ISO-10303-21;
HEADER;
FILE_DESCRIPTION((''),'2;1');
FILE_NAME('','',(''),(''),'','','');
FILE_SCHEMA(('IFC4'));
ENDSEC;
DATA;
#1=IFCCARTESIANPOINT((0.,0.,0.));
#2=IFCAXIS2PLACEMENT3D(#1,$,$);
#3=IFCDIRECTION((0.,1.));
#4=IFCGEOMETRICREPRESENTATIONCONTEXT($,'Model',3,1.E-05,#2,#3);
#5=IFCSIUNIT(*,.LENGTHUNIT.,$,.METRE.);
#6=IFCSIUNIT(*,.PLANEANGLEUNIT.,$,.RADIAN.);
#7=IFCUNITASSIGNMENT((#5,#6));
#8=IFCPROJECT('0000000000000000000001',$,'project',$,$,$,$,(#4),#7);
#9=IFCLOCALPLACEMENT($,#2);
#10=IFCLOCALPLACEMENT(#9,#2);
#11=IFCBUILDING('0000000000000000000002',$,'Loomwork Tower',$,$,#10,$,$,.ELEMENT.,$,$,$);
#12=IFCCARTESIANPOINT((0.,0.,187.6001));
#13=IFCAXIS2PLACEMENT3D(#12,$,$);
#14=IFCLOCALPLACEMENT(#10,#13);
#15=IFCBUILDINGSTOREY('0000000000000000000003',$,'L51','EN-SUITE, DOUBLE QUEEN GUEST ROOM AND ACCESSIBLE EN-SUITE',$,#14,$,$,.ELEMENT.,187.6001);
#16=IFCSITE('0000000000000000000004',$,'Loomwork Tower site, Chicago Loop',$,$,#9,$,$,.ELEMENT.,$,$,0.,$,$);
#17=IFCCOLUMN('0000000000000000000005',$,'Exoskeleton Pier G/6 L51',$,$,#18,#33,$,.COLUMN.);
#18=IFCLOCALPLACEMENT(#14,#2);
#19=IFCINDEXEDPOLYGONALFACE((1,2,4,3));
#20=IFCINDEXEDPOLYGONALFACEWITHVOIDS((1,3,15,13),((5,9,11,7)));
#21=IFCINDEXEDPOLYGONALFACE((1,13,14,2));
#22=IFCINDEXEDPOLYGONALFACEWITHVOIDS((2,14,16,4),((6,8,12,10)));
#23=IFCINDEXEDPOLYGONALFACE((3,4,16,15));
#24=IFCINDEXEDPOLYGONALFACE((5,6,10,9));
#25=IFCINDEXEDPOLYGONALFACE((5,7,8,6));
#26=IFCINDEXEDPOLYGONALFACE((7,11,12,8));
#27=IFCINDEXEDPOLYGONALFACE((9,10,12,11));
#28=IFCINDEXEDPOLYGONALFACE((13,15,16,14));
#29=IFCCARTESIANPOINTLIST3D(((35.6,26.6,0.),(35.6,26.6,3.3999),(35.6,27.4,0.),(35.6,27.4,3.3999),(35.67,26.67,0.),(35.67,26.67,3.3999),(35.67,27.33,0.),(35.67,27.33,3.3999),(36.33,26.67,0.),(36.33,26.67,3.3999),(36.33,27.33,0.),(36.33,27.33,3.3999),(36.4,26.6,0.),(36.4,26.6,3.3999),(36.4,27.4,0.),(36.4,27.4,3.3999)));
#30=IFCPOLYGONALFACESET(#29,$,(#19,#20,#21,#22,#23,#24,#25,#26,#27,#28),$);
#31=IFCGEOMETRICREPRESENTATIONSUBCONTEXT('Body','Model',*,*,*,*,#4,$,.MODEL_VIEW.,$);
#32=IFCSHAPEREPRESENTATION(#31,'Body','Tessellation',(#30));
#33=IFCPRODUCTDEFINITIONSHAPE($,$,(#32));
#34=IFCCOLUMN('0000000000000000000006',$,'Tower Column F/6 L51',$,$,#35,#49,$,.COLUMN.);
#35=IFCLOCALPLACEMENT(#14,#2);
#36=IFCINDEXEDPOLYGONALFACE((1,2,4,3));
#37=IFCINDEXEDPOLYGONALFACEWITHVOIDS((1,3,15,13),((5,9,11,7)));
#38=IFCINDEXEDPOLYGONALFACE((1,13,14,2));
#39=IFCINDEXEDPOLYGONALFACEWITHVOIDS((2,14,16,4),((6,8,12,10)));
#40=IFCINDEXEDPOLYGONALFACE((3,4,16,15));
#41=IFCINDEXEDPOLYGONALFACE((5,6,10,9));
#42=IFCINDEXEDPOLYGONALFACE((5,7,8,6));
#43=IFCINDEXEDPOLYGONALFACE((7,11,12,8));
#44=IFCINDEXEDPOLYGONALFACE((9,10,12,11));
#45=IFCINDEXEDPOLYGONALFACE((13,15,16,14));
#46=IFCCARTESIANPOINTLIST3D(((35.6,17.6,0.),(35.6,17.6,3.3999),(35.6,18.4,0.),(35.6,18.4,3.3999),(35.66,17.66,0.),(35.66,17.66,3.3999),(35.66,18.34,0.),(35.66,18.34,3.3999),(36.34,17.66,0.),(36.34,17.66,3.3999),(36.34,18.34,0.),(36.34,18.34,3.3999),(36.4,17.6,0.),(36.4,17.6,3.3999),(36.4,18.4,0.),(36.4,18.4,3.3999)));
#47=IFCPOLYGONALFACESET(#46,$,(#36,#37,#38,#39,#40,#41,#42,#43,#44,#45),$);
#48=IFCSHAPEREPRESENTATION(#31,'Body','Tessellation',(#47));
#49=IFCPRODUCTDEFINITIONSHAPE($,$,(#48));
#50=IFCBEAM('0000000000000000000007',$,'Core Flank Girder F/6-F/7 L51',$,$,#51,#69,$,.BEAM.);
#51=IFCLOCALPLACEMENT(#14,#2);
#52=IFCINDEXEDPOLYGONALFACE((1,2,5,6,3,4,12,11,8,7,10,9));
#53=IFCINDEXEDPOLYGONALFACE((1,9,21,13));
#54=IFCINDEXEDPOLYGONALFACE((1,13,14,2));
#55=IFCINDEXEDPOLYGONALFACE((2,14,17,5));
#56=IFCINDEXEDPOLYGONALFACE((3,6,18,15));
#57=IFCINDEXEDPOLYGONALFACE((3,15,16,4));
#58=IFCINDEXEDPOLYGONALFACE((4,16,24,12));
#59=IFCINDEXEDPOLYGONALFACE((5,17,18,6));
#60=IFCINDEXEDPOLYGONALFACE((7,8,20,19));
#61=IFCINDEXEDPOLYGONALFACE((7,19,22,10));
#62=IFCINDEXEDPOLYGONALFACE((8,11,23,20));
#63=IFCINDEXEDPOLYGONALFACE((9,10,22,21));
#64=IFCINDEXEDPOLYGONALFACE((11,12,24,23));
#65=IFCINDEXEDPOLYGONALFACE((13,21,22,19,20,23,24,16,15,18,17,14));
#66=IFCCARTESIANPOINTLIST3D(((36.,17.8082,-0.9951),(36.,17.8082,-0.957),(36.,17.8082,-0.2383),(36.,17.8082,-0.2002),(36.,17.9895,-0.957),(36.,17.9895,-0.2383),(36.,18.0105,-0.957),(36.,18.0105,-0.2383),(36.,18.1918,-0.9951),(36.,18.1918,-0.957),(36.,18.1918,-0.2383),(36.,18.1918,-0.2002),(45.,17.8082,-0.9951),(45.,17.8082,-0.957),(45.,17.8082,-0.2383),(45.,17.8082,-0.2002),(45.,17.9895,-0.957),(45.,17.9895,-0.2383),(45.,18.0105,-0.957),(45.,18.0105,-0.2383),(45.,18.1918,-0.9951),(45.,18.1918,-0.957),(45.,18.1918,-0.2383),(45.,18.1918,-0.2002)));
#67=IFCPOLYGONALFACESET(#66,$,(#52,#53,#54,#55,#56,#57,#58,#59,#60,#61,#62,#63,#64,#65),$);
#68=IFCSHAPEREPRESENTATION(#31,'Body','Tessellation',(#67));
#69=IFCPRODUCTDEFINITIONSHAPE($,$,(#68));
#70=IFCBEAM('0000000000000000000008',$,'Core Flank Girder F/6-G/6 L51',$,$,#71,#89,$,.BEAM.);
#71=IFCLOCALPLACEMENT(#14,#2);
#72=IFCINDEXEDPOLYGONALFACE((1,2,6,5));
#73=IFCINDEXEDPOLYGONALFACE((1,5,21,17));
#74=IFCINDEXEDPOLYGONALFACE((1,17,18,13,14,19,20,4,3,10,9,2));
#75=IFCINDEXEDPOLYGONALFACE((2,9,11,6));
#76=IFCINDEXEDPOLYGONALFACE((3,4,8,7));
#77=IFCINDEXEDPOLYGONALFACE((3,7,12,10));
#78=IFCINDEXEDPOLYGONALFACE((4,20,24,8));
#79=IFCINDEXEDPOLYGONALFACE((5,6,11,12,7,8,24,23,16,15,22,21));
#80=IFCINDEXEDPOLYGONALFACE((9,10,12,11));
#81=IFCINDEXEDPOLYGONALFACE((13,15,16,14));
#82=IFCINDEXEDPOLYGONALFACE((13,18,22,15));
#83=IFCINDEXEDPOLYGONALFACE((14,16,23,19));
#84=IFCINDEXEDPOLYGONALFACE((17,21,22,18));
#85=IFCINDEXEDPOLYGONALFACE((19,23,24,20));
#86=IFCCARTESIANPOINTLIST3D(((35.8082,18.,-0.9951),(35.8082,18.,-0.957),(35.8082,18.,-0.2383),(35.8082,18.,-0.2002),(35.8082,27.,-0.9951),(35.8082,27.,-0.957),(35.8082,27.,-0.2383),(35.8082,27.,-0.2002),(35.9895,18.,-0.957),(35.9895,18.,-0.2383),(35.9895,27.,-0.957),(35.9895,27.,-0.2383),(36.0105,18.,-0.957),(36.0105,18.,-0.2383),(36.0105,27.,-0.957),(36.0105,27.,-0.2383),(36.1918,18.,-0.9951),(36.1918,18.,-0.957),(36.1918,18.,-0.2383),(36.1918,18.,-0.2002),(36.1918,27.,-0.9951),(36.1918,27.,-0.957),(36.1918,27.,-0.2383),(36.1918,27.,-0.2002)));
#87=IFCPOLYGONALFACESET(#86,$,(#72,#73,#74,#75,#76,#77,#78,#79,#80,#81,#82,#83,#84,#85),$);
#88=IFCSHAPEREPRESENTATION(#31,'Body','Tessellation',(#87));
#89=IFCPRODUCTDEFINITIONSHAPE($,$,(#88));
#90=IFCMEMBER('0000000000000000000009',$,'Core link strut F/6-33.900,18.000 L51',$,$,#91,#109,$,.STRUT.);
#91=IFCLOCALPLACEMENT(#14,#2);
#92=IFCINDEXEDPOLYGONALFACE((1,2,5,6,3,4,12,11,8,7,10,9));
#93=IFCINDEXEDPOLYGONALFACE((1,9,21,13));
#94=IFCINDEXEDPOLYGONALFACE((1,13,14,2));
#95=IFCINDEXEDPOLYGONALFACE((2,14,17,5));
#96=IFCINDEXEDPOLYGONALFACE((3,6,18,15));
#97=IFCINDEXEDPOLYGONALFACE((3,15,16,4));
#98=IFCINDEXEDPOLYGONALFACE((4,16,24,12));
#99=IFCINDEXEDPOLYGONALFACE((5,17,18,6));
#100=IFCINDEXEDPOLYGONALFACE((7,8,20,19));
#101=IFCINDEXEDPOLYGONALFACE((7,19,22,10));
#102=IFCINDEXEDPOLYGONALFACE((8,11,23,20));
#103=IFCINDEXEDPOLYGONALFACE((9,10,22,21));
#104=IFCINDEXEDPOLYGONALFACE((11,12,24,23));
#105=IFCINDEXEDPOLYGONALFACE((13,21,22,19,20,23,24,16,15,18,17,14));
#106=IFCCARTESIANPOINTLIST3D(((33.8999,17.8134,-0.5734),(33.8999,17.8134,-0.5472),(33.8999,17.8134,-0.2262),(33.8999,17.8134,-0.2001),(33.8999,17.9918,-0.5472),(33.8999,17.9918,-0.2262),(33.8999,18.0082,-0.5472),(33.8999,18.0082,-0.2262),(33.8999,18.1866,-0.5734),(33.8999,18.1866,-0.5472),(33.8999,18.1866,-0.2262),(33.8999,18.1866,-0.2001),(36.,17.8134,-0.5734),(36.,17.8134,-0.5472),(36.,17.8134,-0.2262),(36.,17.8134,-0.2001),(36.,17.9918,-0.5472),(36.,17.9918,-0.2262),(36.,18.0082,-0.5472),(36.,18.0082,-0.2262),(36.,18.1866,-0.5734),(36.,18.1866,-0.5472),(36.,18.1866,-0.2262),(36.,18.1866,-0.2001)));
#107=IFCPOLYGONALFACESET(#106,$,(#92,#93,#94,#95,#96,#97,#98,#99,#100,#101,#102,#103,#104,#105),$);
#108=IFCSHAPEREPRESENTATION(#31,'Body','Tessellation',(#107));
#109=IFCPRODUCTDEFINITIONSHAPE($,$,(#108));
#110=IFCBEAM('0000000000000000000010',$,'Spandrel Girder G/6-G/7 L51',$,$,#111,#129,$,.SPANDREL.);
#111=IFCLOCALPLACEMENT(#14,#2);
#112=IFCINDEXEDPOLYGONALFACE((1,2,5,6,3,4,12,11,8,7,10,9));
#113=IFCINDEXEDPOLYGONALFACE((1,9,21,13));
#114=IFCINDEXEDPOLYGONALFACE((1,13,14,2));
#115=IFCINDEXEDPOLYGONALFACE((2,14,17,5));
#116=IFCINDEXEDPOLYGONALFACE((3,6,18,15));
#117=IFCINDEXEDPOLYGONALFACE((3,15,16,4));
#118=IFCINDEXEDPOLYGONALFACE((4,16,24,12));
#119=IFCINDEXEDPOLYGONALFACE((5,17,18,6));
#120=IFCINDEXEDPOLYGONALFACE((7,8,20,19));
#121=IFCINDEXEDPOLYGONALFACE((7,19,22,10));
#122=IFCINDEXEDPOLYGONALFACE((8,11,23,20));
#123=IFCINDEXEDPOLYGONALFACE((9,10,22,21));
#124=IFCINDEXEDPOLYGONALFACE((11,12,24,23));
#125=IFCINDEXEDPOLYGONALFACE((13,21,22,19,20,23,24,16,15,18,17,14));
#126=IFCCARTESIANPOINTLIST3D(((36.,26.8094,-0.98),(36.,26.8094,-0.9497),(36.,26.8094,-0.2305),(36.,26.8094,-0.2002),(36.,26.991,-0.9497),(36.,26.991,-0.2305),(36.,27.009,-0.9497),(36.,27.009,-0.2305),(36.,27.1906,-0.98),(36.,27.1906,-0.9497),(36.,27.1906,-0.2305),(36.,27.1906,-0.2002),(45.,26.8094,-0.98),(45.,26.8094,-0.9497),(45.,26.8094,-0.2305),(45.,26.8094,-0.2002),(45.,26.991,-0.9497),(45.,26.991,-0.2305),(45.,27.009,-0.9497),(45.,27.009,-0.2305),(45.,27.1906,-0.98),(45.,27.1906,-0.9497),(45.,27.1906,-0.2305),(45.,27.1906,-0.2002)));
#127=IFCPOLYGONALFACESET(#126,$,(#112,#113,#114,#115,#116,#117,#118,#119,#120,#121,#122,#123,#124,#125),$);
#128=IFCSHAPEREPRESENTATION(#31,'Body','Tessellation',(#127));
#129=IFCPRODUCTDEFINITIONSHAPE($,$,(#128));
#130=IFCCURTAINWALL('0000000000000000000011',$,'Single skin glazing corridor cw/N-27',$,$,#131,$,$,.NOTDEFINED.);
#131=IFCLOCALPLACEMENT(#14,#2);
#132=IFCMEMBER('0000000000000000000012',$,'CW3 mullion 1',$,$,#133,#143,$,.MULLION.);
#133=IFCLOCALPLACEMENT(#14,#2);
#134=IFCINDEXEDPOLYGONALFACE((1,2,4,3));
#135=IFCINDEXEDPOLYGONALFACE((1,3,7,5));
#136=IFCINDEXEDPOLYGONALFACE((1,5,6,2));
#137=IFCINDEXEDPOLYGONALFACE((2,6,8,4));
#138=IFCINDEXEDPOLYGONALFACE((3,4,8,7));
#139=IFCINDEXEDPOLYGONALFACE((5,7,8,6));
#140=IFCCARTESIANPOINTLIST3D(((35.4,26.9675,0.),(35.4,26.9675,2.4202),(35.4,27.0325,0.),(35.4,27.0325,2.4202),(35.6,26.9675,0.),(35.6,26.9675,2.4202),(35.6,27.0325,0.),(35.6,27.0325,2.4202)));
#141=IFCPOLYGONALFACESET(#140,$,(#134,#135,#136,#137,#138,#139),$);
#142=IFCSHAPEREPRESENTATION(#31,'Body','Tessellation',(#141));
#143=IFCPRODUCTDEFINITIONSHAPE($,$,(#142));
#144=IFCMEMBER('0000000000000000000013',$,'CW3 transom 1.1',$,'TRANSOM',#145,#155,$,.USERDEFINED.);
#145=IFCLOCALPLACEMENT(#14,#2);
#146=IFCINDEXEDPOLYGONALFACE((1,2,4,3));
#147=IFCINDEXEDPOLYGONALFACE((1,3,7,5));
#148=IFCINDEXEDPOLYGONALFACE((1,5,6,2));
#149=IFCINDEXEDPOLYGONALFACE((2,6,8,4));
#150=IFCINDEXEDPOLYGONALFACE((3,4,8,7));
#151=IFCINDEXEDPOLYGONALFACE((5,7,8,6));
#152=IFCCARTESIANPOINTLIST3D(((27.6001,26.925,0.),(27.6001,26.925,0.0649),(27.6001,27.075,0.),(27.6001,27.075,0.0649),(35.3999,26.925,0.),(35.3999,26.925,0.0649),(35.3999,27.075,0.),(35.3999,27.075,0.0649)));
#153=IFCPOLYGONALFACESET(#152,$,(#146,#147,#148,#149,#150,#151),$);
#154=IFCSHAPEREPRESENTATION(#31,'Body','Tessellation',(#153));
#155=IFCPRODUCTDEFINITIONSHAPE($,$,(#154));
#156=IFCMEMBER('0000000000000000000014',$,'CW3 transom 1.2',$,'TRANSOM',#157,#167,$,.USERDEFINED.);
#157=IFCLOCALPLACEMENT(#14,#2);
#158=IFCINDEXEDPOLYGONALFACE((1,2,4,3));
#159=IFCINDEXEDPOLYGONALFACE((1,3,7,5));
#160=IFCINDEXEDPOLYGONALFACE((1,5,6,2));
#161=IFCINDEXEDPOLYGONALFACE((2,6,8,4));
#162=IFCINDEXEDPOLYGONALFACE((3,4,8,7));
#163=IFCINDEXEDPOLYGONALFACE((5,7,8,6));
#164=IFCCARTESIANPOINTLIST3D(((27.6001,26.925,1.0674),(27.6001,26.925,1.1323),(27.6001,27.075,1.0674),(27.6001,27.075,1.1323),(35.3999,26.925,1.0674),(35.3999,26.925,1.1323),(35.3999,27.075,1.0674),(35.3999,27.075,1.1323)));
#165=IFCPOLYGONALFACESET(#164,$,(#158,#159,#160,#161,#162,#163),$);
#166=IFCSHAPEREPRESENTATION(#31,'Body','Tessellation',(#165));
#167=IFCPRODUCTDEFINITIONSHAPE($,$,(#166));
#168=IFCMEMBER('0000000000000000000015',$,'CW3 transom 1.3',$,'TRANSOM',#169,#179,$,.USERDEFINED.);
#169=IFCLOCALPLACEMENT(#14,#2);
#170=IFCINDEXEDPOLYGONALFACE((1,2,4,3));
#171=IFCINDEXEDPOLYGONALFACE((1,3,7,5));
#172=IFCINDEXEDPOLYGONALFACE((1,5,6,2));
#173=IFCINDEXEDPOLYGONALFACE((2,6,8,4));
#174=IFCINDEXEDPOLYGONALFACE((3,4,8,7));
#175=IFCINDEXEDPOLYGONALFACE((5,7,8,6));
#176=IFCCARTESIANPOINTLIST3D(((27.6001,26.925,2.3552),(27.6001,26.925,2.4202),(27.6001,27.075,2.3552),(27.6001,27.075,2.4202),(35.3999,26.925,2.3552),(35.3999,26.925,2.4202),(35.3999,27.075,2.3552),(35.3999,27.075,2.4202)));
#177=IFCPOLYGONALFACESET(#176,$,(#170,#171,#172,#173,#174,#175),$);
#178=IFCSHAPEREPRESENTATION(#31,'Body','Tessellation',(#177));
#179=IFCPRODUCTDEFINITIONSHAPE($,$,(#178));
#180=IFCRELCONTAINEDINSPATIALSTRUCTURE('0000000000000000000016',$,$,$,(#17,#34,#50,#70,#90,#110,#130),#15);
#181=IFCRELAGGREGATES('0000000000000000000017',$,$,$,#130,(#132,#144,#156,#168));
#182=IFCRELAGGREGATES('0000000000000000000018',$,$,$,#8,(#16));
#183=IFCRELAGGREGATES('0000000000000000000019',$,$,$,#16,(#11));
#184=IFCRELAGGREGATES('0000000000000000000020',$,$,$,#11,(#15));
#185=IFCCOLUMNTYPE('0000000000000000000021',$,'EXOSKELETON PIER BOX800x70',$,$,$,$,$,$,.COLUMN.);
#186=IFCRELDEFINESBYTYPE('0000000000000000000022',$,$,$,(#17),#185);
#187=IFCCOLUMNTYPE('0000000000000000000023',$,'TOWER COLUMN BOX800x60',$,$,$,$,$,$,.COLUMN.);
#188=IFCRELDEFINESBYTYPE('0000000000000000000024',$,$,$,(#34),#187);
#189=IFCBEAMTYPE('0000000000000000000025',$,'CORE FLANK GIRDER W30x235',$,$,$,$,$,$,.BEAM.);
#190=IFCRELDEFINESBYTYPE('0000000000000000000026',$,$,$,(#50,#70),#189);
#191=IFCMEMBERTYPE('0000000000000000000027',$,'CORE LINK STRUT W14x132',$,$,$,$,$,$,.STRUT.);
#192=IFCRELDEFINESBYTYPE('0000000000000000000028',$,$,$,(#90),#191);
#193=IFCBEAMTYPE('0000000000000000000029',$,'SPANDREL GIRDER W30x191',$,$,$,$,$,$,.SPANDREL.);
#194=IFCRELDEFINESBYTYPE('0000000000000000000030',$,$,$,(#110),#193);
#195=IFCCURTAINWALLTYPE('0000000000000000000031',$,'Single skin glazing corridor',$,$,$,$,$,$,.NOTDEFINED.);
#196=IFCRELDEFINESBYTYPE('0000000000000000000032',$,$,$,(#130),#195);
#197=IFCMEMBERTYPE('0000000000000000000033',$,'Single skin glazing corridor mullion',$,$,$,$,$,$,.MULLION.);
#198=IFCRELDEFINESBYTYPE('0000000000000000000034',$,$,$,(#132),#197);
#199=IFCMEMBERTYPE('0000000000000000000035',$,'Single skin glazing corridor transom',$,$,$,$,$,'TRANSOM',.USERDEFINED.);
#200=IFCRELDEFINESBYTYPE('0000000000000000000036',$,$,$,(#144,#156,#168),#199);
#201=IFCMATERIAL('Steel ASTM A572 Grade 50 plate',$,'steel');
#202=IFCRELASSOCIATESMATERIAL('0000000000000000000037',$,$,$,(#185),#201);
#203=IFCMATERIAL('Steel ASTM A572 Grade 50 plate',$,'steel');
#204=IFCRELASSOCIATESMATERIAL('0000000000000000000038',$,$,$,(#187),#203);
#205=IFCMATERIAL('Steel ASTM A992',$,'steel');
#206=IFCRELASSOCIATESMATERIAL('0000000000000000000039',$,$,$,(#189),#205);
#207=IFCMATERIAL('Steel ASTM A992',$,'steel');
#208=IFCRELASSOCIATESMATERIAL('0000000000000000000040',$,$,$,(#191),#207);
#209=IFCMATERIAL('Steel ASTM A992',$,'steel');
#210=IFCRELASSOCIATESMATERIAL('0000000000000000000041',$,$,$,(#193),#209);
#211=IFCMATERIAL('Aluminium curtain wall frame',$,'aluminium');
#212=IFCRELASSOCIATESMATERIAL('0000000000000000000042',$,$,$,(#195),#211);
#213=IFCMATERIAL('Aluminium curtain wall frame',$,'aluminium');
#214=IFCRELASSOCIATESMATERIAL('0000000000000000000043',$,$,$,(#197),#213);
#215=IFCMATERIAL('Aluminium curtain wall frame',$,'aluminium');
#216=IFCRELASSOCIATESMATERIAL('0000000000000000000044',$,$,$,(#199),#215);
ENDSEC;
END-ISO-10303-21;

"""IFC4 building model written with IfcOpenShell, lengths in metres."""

from ifc_helpers import new_model, si_unit, direction, frame, origin, origin_2d, place, context, subcontext, project, spatial, rectangle, hollow_rectangle, i_section, extrude, material, material_profile, profile_set, type_object, element, aggregate, save


model = new_model("IFC4")

# Units and contexts
model_context = context("Model", 3, precision=1e-05, world=origin(), true_north=direction((0.0, 1.0)))
body_context = subcontext(model_context, "Body", "Model", "MODEL_VIEW")
ifc_project = project(units=[si_unit("LENGTHUNIT", "METRE"), si_unit("PLANEANGLEUNIT", "RADIAN")], contexts=[model_context])

# Site, building, storey
site_placement = place(None, origin())
site = spatial("IfcSite", under=ifc_project, at=site_placement, Name="Loomwork Tower site, Chicago Loop", CompositionType="ELEMENT", RefElevation=0.0)
building_placement = place(site_placement, origin())
building = spatial("IfcBuilding", under=site, at=building_placement, Name="Loomwork Tower", CompositionType="ELEMENT")
storey_placement = place(building_placement, frame((0.0, 0.0, 187.6001)))
storey = spatial("IfcBuildingStorey", under=building, at=storey_placement, Name="L51", Description="EN-SUITE, DOUBLE QUEEN GUEST ROOM AND ACCESSIBLE EN-SUITE", CompositionType="ELEMENT", Elevation=187.6001)

# Columns
ifc_material_1 = material(Name="Steel ASTM A572 Grade 50 plate", Category="steel")
ifc_material_profile_1 = material_profile(ifc_material_1, hollow_rectangle(XDim=0.8, YDim=0.8, WallThickness=0.0701, at=origin_2d()), Name="BOX800x70")
ifc_profile_set_1 = profile_set([ifc_material_profile_1], Name="Steel ASTM A572 Grade 50 plate")
column_type_1 = type_object("IfcColumnType", Name="EXOSKELETON PIER BOX800x70", PredefinedType="COLUMN", material=ifc_profile_set_1)
column_1_placement = place(storey_placement, frame((36.0, 27.0, 0.0), z_axis=(0.0, 0.0, 1.0), x_axis=(1.0, 0.0, 0.0)))
element("IfcColumn", 1, at=column_1_placement, inside=storey, type_object=column_type_1, Name="Exoskeleton Pier G/6 L51", PredefinedType="COLUMN", context=body_context, shape_type="SweptSolid", body=[
    extrude(hollow_rectangle(XDim=0.8, YDim=0.8, WallThickness=0.0701, at=origin_2d()), origin(), (0.0, 0.0, 1.0), 3.3999),
])
ifc_material_2 = material(Name="Steel ASTM A572 Grade 50 plate", Category="steel")
ifc_material_profile_2 = material_profile(ifc_material_2, hollow_rectangle(XDim=0.8, YDim=0.8, WallThickness=0.0601, at=origin_2d()), Name="BOX800x60")
ifc_profile_set_2 = profile_set([ifc_material_profile_2], Name="Steel ASTM A572 Grade 50 plate")
column_type_2 = type_object("IfcColumnType", Name="TOWER COLUMN BOX800x60", PredefinedType="COLUMN", material=ifc_profile_set_2)
column_2_placement = place(storey_placement, frame((36.0, 18.0, 0.0), z_axis=(0.0, 0.0, 1.0), x_axis=(0.0, 1.0, 0.0)))
element("IfcColumn", 2, at=column_2_placement, inside=storey, type_object=column_type_2, Name="Tower Column F/6 L51", PredefinedType="COLUMN", context=body_context, shape_type="SweptSolid", body=[
    extrude(hollow_rectangle(XDim=0.8, YDim=0.8, WallThickness=0.0601, at=origin_2d()), origin(), (0.0, 0.0, 1.0), 3.3999),
])

# Beams
ifc_material_3 = material(Name="Steel ASTM A992", Category="steel")
ifc_material_profile_3 = material_profile(ifc_material_3, i_section(OverallWidth=0.3835, OverallDepth=0.7949, WebThickness=0.021, FlangeThickness=0.0381, at=origin_2d()), Name="W30x235")
ifc_profile_set_3 = profile_set([ifc_material_profile_3], Name="Steel ASTM A992")
beam_type_1 = type_object("IfcBeamType", Name="CORE FLANK GIRDER W30x235", PredefinedType="BEAM", material=ifc_profile_set_3)
for number, where, z_axis, x_axis, name in (
    (3, (36.0, 18.0, -0.5977), (1.0, 0.0, 0.0), (0.0, 1.0, 0.0), "Core Flank Girder F/6-F/7 L51"),
    (4, (36.0, 18.0, -0.5977), (0.0, 1.0, 0.0), (-1.0, 0.0, 0.0), "Core Flank Girder F/6-G/6 L51"),
):
    element("IfcBeam", number, at=place(storey_placement, frame(where, z_axis=z_axis, x_axis=x_axis)), inside=storey, type_object=beam_type_1, Name=name, PredefinedType="BEAM", context=body_context, shape_type="SweptSolid", body=[
        extrude(i_section(OverallWidth=0.3835, OverallDepth=0.7949, WebThickness=0.021, FlangeThickness=0.0381, at=origin_2d()), origin(), (0.0, 0.0, 1.0), 9.0),
    ])

# Member
ifc_material_4 = material(Name="Steel ASTM A992", Category="steel")
ifc_material_profile_4 = material_profile(ifc_material_4, i_section(OverallWidth=0.3733, OverallDepth=0.3733, WebThickness=0.0164, FlangeThickness=0.0261, at=origin_2d()), Name="W14x132")
ifc_profile_set_4 = profile_set([ifc_material_profile_4], Name="Steel ASTM A992")
member_type_1 = type_object("IfcMemberType", Name="CORE LINK STRUT W14x132", PredefinedType="STRUT", material=ifc_profile_set_4)
member_1_placement = place(storey_placement, frame((36.0, 18.0, -0.3867), z_axis=(-1.0, 0.0, 0.0), x_axis=(0.0, -1.0, 0.0)))
element("IfcMember", 5, at=member_1_placement, inside=storey, type_object=member_type_1, Name="Core link strut F/6-33.900,18.000 L51", PredefinedType="STRUT", context=body_context, shape_type="SweptSolid", body=[
    extrude(i_section(OverallWidth=0.3733, OverallDepth=0.3733, WebThickness=0.0164, FlangeThickness=0.0261, at=origin_2d()), origin(), (0.0, 0.0, 1.0), 2.1001),
])

# Beam
ifc_material_5 = material(Name="Steel ASTM A992", Category="steel")
ifc_material_profile_5 = material_profile(ifc_material_5, i_section(OverallWidth=0.3811, OverallDepth=0.7798, WebThickness=0.0181, FlangeThickness=0.0303, at=origin_2d()), Name="W30x191")
ifc_profile_set_5 = profile_set([ifc_material_profile_5], Name="Steel ASTM A992")
beam_type_2 = type_object("IfcBeamType", Name="SPANDREL GIRDER W30x191", PredefinedType="SPANDREL", material=ifc_profile_set_5)
beam_placement = place(storey_placement, frame((36.0, 27.0, -0.5901), z_axis=(1.0, 0.0, 0.0), x_axis=(0.0, 1.0, 0.0)))
element("IfcBeam", 6, at=beam_placement, inside=storey, type_object=beam_type_2, Name="Spandrel Girder G/6-G/7 L51", PredefinedType="SPANDREL", context=body_context, shape_type="SweptSolid", body=[
    extrude(i_section(OverallWidth=0.3811, OverallDepth=0.7798, WebThickness=0.0181, FlangeThickness=0.0303, at=origin_2d()), origin(), (0.0, 0.0, 1.0), 9.0),
])

# Curtain wall, members
ifc_material_6 = material(Name="Aluminium curtain wall frame", Category="aluminium")
curtain_wall_type = type_object("IfcCurtainWallType", Name="Single skin glazing corridor", PredefinedType="NOTDEFINED", material=ifc_material_6)
curtain_wall_placement = place(storey_placement, origin())
curtain_wall = element("IfcCurtainWall", 7, at=curtain_wall_placement, inside=storey, type_object=curtain_wall_type, Name="Single skin glazing corridor cw/N-27", PredefinedType="NOTDEFINED")
ifc_material_7 = material(Name="Aluminium curtain wall frame", Category="aluminium")
ifc_material_profile_6 = material_profile(ifc_material_7, rectangle(XDim=0.0649, YDim=0.2, at=origin_2d()), Name="AL 65x200")
ifc_profile_set_6 = profile_set([ifc_material_profile_6], Name="Aluminium curtain wall frame")
member_type_2 = type_object("IfcMemberType", Name="Single skin glazing corridor mullion", PredefinedType="MULLION", material=ifc_profile_set_6)
member_2_placement = place(storey_placement, frame((35.5, 27.0, 0.0), z_axis=(0.0, 0.0, 1.0), x_axis=(0.0, -1.0, 0.0)))
member_2 = element("IfcMember", 8, at=member_2_placement, type_object=member_type_2, Name="CW3 mullion 1", PredefinedType="MULLION", context=body_context, shape_type="SweptSolid", body=[
    extrude(rectangle(XDim=0.0649, YDim=0.2, at=origin_2d()), origin(), (0.0, 0.0, 1.0), 2.4202),
])
ifc_material_8 = material(Name="Aluminium curtain wall frame", Category="aluminium")
ifc_material_profile_7 = material_profile(ifc_material_8, rectangle(XDim=0.1499, YDim=0.0649, at=origin_2d()), Name="AL 65x150")
ifc_profile_set_7 = profile_set([ifc_material_profile_7], Name="Aluminium curtain wall frame")
member_type_3 = type_object("IfcMemberType", Name="Single skin glazing corridor transom", ElementType="TRANSOM", PredefinedType="USERDEFINED", material=ifc_profile_set_7)
member_3_placement = place(storey_placement, frame((35.3999, 27.0, 0.0325), z_axis=(-1.0, 0.0, 0.0), x_axis=(0.0, -1.0, 0.0)))
member_3 = element("IfcMember", 9, at=member_3_placement, type_object=member_type_3, Name="CW3 transom 1.1", ObjectType="TRANSOM", PredefinedType="USERDEFINED", context=body_context, shape_type="SweptSolid", body=[
    extrude(rectangle(XDim=0.1499, YDim=0.0649, at=origin_2d()), origin(), (0.0, 0.0, 1.0), 7.7998),
])
member_4_placement = place(storey_placement, frame((35.3999, 27.0, 1.0999), z_axis=(-1.0, 0.0, 0.0), x_axis=(0.0, -1.0, 0.0)))
member_4 = element("IfcMember", 10, at=member_4_placement, type_object=member_type_3, Name="CW3 transom 1.2", ObjectType="TRANSOM", PredefinedType="USERDEFINED", context=body_context, shape_type="SweptSolid", body=[
    extrude(rectangle(XDim=0.1499, YDim=0.0649, at=origin_2d()), origin(), (0.0, 0.0, 1.0), 7.7998),
])
member_5_placement = place(storey_placement, frame((35.3999, 27.0, 2.3877), z_axis=(-1.0, 0.0, 0.0), x_axis=(0.0, -1.0, 0.0)))
member_5 = element("IfcMember", 11, at=member_5_placement, type_object=member_type_3, Name="CW3 transom 1.3", ObjectType="TRANSOM", PredefinedType="USERDEFINED", context=body_context, shape_type="SweptSolid", body=[
    extrude(rectangle(XDim=0.1499, YDim=0.0649, at=origin_2d()), origin(), (0.0, 0.0, 1.0), 7.7998),
])
aggregate(curtain_wall, [member_2, member_3, member_4, member_5])

save(model, "model.ifc")
